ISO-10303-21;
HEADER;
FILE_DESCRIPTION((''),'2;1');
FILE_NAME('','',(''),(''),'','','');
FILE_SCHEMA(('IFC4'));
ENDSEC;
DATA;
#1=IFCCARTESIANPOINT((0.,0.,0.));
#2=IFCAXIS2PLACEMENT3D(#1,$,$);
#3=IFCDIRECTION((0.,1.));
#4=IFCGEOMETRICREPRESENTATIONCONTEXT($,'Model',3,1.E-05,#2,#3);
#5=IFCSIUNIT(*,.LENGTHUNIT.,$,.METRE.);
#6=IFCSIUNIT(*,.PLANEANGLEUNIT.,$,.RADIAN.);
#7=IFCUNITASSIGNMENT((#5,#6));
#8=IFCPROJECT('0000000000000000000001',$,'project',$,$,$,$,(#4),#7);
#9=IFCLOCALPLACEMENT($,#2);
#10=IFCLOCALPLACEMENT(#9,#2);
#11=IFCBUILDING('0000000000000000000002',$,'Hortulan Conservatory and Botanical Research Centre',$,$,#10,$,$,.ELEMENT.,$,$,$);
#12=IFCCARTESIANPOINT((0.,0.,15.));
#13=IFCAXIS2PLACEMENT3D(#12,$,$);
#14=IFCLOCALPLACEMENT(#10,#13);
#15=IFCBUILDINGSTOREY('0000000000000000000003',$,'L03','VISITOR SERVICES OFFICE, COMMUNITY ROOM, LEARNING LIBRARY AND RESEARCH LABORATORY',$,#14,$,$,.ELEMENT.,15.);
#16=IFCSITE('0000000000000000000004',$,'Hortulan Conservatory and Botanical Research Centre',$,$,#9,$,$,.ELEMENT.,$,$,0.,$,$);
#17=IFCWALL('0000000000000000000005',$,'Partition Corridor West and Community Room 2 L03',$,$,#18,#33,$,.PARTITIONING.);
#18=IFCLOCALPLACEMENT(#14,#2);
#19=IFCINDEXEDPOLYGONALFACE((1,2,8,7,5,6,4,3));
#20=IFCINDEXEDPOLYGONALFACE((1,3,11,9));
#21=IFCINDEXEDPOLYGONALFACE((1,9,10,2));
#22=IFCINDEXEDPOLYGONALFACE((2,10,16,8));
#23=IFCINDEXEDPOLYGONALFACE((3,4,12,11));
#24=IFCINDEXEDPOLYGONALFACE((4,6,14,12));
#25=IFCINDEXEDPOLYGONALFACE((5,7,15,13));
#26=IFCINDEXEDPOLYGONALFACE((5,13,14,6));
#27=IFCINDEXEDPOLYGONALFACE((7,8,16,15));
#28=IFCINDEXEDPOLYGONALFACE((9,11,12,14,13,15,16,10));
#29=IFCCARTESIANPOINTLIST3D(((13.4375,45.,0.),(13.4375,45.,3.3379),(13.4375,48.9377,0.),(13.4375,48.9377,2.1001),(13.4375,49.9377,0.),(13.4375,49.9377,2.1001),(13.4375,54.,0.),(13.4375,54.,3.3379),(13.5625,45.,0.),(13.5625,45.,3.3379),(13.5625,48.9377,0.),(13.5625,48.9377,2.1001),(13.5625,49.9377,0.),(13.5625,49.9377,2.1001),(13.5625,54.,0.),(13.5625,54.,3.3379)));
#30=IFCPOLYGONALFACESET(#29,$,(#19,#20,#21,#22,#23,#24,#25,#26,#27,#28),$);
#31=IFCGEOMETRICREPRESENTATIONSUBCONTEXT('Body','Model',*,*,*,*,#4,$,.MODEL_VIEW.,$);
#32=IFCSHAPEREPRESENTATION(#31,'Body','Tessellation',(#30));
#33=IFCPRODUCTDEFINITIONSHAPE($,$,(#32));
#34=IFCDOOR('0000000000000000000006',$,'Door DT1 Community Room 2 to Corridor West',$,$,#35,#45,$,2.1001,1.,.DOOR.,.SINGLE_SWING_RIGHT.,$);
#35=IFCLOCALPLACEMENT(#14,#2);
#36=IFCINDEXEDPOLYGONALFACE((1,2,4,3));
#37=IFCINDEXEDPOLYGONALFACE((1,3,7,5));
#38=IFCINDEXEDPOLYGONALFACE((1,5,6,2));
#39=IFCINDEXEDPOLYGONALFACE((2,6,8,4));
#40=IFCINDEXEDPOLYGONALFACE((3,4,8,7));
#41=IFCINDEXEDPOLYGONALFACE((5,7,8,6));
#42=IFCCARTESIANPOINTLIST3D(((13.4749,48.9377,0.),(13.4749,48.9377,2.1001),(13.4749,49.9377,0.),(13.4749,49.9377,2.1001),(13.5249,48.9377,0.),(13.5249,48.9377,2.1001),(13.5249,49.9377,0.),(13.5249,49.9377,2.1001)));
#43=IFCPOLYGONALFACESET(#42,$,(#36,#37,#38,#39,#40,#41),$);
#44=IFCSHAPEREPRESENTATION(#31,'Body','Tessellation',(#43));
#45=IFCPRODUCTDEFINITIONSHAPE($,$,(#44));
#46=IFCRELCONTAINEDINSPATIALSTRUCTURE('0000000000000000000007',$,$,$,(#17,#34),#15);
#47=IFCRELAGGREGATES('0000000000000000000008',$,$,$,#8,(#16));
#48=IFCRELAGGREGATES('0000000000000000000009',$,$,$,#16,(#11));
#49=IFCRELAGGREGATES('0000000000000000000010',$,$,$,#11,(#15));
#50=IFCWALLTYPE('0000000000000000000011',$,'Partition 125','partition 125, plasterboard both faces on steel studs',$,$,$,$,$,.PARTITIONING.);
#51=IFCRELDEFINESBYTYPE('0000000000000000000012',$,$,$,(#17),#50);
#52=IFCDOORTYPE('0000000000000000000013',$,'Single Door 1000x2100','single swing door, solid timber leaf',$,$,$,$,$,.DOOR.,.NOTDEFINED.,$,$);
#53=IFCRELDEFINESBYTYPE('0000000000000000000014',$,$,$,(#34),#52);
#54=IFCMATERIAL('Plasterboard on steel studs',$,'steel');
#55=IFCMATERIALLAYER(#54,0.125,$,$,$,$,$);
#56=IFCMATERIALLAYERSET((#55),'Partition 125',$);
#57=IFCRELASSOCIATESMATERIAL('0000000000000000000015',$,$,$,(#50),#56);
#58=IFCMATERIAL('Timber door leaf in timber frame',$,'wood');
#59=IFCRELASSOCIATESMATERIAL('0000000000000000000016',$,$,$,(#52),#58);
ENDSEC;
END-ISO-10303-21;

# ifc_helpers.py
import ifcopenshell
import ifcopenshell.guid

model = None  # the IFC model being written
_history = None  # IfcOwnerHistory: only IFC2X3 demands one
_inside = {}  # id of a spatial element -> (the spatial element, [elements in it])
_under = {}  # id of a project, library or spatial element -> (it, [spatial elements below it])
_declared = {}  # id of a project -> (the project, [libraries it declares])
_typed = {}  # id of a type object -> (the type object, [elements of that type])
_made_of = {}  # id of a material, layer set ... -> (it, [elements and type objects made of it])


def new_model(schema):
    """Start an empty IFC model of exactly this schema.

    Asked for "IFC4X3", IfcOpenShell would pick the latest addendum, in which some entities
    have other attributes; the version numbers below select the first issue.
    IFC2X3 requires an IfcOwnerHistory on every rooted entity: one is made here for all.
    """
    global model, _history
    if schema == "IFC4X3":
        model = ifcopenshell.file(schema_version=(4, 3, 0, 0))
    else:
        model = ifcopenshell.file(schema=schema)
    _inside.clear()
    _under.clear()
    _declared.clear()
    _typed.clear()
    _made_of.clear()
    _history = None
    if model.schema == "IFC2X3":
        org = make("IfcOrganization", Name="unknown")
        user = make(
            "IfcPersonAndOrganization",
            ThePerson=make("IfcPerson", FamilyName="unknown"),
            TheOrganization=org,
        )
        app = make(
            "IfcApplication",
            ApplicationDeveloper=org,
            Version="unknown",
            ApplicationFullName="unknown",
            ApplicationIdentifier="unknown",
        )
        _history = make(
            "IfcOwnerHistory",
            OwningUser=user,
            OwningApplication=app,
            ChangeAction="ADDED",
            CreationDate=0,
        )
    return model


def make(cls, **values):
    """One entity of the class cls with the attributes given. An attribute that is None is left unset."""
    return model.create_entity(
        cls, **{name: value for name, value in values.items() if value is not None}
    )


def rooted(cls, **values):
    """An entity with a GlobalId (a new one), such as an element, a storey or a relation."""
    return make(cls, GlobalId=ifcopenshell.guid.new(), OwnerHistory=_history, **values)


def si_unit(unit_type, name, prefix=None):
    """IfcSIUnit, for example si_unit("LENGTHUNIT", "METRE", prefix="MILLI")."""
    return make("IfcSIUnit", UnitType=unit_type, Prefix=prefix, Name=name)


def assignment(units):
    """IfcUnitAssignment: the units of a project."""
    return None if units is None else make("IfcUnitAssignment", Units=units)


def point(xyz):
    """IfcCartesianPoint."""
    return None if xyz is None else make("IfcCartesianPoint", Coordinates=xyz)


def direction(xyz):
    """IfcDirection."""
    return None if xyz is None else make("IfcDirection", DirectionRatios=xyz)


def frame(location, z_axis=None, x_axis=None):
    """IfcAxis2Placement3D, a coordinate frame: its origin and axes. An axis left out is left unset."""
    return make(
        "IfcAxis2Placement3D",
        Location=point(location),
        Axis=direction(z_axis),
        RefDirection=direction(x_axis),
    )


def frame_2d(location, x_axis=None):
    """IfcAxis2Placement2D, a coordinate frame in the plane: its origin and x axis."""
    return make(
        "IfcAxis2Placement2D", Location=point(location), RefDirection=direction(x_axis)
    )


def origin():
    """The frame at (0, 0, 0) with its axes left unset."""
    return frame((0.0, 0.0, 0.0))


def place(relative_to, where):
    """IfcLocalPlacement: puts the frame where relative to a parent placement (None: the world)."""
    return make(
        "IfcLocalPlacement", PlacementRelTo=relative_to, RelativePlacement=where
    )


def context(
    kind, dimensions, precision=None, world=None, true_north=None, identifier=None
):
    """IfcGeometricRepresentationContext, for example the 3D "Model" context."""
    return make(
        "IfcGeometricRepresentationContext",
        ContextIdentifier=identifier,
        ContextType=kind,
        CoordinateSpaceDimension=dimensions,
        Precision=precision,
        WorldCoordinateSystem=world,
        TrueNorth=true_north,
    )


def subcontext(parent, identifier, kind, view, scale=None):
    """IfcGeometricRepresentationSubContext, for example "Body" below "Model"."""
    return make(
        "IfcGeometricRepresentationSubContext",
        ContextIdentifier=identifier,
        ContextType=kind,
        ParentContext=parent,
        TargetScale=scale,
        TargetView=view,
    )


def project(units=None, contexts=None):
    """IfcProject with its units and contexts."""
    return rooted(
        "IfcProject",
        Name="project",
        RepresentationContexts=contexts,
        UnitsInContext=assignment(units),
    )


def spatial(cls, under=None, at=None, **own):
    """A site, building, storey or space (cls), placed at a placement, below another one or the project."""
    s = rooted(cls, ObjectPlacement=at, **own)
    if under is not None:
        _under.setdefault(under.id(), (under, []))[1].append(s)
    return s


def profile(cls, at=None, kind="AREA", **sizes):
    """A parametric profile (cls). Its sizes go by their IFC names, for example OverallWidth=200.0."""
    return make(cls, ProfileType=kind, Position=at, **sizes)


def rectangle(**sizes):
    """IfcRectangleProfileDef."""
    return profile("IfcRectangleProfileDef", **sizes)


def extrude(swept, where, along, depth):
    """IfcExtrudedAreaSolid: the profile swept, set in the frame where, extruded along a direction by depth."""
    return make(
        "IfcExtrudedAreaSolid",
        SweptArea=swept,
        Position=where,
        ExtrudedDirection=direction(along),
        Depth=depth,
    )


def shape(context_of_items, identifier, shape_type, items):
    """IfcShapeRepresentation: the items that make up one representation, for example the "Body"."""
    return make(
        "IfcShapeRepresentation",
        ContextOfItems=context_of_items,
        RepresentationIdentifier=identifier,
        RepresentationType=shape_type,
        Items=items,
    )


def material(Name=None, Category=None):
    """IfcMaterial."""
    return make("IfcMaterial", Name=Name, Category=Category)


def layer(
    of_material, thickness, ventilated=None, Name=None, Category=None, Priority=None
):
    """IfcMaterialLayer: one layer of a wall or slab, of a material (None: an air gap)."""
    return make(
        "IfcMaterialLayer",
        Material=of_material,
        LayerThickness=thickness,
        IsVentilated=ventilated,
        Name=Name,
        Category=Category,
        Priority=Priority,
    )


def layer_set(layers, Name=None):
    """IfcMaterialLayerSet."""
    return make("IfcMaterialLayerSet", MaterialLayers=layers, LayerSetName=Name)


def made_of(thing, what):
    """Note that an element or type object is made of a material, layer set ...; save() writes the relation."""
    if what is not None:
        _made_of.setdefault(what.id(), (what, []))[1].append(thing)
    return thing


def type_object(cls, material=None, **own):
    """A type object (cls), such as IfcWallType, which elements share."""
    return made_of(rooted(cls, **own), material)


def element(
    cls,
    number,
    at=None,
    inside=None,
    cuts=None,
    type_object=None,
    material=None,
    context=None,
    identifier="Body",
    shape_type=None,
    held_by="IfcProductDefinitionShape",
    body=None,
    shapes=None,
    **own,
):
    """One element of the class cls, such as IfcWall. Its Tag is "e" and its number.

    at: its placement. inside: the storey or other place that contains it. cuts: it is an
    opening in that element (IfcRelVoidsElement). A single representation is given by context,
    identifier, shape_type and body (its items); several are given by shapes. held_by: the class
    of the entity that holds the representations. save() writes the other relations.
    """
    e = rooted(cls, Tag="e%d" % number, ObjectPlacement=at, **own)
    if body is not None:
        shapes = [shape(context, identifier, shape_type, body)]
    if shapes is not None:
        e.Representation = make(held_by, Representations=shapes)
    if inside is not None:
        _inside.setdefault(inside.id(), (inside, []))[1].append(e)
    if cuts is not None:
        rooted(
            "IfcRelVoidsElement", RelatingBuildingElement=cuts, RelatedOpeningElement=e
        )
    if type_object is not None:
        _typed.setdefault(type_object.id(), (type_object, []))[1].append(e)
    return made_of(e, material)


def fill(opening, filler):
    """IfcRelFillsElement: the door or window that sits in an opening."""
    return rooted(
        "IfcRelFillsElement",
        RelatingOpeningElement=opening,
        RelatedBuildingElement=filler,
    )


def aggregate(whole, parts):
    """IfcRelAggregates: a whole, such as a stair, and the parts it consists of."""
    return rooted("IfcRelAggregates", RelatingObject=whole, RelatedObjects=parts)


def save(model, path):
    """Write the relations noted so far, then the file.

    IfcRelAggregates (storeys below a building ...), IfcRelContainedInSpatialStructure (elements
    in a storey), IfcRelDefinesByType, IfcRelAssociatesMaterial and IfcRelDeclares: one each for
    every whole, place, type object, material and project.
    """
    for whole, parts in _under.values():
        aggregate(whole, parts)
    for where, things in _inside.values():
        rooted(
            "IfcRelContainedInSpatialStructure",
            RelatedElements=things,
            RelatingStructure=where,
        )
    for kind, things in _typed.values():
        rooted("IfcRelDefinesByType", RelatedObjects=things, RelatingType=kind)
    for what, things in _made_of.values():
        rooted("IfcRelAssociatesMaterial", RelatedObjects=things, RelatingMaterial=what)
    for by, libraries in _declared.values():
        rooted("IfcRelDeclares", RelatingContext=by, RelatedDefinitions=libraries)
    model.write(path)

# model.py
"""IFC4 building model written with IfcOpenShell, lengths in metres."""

from ifc_helpers import new_model, si_unit, direction, frame, frame_2d, origin, place, context, subcontext, project, spatial, rectangle, extrude, material, layer, layer_set, type_object, element, fill, save


model = new_model("IFC4")

# Units and contexts
model_context = context("Model", 3, precision=1e-05, world=origin(), true_north=direction((0.0, 1.0)))
body_context = subcontext(model_context, "Body", "Model", "MODEL_VIEW")
ifc_project = project(units=[si_unit("LENGTHUNIT", "METRE"), si_unit("PLANEANGLEUNIT", "RADIAN")], contexts=[model_context])

# Site, building, storey
site_placement = place(None, origin())
site = spatial("IfcSite", under=ifc_project, at=site_placement, Name="Hortulan Conservatory and Botanical Research Centre", CompositionType="ELEMENT", RefElevation=0.0)
building_placement = place(site_placement, origin())
building = spatial("IfcBuilding", under=site, at=building_placement, Name="Hortulan Conservatory and Botanical Research Centre", CompositionType="ELEMENT")
storey_placement = place(building_placement, frame((0.0, 0.0, 15.0)))
storey = spatial("IfcBuildingStorey", under=building, at=storey_placement, Name="L03", Description="VISITOR SERVICES OFFICE, COMMUNITY ROOM, LEARNING LIBRARY AND RESEARCH LABORATORY", CompositionType="ELEMENT", Elevation=15.0)

# Shared definitions
ifc_material_1 = material(Name="Plasterboard on steel studs", Category="steel")

# Wall, opening, door
ifc_layer_1 = layer(ifc_material_1, 0.125)
ifc_layer_set_1 = layer_set([ifc_layer_1], Name="Partition 125")
wall_type_1 = type_object("IfcWallType", Name="Partition 125", Description="partition 125, plasterboard both faces on steel studs", PredefinedType="PARTITIONING", material=ifc_layer_set_1)
wall_1_placement = place(storey_placement, frame((13.5, 45.0, 0.0), z_axis=(0.0, 0.0, 1.0), x_axis=(0.0, 1.0, 0.0)))
wall_1 = element("IfcWall", 1, at=wall_1_placement, inside=storey, type_object=wall_type_1, Name="Partition Corridor West and Community Room 2 L03", PredefinedType="PARTITIONING", context=body_context, shape_type="SweptSolid", body=[
    extrude(rectangle(XDim=9.0, YDim=0.125, at=frame_2d((4.5, 0.0))), origin(), (0.0, 0.0, 1.0), 3.3379),
])
opening_1_placement = place(wall_1_placement, frame((3.9377, 0.0, 0.0)))
opening_1 = element("IfcOpeningElement", 2, at=opening_1_placement, cuts=wall_1, PredefinedType="OPENING", context=body_context, shape_type="SweptSolid", body=[
    extrude(rectangle(XDim=1.0, YDim=2.1001, at=frame_2d((0.5, 1.05))), frame((0.0, 0.0725, 0.0), z_axis=(0.0, -1.0, 0.0), x_axis=(1.0, 0.0, 0.0)), (0.0, 0.0, 1.0), 0.145),
])
ifc_material_2 = material(Name="Timber door leaf in timber frame", Category="wood")
door_type_1 = type_object("IfcDoorType", Name="Single Door 1000x2100", Description="single swing door, solid timber leaf", OperationType="NOTDEFINED", PredefinedType="DOOR", material=ifc_material_2)
door_1_placement = place(opening_1_placement, frame((1.0, 0.0, 0.0), z_axis=(0.0, 0.0, 1.0), x_axis=(-1.0, 0.0, 0.0)))
door_1 = element("IfcDoor", 3, at=door_1_placement, inside=storey, type_object=door_type_1, Name="Door DT1 Community Room 2 to Corridor West", OperationType="SINGLE_SWING_RIGHT", OverallHeight=2.1001, OverallWidth=1.0, PredefinedType="DOOR", context=body_context, shape_type="SweptSolid", body=[
    extrude(rectangle(XDim=1.0, YDim=2.1001, at=frame_2d((0.5, 1.05))), frame((0.0, 0.0249, 0.0), z_axis=(0.0, -1.0, 0.0), x_axis=(1.0, 0.0, 0.0)), (0.0, 0.0, 1.0), 0.05),
])
fill(opening_1, door_1)

save(model, "model.ifc")
